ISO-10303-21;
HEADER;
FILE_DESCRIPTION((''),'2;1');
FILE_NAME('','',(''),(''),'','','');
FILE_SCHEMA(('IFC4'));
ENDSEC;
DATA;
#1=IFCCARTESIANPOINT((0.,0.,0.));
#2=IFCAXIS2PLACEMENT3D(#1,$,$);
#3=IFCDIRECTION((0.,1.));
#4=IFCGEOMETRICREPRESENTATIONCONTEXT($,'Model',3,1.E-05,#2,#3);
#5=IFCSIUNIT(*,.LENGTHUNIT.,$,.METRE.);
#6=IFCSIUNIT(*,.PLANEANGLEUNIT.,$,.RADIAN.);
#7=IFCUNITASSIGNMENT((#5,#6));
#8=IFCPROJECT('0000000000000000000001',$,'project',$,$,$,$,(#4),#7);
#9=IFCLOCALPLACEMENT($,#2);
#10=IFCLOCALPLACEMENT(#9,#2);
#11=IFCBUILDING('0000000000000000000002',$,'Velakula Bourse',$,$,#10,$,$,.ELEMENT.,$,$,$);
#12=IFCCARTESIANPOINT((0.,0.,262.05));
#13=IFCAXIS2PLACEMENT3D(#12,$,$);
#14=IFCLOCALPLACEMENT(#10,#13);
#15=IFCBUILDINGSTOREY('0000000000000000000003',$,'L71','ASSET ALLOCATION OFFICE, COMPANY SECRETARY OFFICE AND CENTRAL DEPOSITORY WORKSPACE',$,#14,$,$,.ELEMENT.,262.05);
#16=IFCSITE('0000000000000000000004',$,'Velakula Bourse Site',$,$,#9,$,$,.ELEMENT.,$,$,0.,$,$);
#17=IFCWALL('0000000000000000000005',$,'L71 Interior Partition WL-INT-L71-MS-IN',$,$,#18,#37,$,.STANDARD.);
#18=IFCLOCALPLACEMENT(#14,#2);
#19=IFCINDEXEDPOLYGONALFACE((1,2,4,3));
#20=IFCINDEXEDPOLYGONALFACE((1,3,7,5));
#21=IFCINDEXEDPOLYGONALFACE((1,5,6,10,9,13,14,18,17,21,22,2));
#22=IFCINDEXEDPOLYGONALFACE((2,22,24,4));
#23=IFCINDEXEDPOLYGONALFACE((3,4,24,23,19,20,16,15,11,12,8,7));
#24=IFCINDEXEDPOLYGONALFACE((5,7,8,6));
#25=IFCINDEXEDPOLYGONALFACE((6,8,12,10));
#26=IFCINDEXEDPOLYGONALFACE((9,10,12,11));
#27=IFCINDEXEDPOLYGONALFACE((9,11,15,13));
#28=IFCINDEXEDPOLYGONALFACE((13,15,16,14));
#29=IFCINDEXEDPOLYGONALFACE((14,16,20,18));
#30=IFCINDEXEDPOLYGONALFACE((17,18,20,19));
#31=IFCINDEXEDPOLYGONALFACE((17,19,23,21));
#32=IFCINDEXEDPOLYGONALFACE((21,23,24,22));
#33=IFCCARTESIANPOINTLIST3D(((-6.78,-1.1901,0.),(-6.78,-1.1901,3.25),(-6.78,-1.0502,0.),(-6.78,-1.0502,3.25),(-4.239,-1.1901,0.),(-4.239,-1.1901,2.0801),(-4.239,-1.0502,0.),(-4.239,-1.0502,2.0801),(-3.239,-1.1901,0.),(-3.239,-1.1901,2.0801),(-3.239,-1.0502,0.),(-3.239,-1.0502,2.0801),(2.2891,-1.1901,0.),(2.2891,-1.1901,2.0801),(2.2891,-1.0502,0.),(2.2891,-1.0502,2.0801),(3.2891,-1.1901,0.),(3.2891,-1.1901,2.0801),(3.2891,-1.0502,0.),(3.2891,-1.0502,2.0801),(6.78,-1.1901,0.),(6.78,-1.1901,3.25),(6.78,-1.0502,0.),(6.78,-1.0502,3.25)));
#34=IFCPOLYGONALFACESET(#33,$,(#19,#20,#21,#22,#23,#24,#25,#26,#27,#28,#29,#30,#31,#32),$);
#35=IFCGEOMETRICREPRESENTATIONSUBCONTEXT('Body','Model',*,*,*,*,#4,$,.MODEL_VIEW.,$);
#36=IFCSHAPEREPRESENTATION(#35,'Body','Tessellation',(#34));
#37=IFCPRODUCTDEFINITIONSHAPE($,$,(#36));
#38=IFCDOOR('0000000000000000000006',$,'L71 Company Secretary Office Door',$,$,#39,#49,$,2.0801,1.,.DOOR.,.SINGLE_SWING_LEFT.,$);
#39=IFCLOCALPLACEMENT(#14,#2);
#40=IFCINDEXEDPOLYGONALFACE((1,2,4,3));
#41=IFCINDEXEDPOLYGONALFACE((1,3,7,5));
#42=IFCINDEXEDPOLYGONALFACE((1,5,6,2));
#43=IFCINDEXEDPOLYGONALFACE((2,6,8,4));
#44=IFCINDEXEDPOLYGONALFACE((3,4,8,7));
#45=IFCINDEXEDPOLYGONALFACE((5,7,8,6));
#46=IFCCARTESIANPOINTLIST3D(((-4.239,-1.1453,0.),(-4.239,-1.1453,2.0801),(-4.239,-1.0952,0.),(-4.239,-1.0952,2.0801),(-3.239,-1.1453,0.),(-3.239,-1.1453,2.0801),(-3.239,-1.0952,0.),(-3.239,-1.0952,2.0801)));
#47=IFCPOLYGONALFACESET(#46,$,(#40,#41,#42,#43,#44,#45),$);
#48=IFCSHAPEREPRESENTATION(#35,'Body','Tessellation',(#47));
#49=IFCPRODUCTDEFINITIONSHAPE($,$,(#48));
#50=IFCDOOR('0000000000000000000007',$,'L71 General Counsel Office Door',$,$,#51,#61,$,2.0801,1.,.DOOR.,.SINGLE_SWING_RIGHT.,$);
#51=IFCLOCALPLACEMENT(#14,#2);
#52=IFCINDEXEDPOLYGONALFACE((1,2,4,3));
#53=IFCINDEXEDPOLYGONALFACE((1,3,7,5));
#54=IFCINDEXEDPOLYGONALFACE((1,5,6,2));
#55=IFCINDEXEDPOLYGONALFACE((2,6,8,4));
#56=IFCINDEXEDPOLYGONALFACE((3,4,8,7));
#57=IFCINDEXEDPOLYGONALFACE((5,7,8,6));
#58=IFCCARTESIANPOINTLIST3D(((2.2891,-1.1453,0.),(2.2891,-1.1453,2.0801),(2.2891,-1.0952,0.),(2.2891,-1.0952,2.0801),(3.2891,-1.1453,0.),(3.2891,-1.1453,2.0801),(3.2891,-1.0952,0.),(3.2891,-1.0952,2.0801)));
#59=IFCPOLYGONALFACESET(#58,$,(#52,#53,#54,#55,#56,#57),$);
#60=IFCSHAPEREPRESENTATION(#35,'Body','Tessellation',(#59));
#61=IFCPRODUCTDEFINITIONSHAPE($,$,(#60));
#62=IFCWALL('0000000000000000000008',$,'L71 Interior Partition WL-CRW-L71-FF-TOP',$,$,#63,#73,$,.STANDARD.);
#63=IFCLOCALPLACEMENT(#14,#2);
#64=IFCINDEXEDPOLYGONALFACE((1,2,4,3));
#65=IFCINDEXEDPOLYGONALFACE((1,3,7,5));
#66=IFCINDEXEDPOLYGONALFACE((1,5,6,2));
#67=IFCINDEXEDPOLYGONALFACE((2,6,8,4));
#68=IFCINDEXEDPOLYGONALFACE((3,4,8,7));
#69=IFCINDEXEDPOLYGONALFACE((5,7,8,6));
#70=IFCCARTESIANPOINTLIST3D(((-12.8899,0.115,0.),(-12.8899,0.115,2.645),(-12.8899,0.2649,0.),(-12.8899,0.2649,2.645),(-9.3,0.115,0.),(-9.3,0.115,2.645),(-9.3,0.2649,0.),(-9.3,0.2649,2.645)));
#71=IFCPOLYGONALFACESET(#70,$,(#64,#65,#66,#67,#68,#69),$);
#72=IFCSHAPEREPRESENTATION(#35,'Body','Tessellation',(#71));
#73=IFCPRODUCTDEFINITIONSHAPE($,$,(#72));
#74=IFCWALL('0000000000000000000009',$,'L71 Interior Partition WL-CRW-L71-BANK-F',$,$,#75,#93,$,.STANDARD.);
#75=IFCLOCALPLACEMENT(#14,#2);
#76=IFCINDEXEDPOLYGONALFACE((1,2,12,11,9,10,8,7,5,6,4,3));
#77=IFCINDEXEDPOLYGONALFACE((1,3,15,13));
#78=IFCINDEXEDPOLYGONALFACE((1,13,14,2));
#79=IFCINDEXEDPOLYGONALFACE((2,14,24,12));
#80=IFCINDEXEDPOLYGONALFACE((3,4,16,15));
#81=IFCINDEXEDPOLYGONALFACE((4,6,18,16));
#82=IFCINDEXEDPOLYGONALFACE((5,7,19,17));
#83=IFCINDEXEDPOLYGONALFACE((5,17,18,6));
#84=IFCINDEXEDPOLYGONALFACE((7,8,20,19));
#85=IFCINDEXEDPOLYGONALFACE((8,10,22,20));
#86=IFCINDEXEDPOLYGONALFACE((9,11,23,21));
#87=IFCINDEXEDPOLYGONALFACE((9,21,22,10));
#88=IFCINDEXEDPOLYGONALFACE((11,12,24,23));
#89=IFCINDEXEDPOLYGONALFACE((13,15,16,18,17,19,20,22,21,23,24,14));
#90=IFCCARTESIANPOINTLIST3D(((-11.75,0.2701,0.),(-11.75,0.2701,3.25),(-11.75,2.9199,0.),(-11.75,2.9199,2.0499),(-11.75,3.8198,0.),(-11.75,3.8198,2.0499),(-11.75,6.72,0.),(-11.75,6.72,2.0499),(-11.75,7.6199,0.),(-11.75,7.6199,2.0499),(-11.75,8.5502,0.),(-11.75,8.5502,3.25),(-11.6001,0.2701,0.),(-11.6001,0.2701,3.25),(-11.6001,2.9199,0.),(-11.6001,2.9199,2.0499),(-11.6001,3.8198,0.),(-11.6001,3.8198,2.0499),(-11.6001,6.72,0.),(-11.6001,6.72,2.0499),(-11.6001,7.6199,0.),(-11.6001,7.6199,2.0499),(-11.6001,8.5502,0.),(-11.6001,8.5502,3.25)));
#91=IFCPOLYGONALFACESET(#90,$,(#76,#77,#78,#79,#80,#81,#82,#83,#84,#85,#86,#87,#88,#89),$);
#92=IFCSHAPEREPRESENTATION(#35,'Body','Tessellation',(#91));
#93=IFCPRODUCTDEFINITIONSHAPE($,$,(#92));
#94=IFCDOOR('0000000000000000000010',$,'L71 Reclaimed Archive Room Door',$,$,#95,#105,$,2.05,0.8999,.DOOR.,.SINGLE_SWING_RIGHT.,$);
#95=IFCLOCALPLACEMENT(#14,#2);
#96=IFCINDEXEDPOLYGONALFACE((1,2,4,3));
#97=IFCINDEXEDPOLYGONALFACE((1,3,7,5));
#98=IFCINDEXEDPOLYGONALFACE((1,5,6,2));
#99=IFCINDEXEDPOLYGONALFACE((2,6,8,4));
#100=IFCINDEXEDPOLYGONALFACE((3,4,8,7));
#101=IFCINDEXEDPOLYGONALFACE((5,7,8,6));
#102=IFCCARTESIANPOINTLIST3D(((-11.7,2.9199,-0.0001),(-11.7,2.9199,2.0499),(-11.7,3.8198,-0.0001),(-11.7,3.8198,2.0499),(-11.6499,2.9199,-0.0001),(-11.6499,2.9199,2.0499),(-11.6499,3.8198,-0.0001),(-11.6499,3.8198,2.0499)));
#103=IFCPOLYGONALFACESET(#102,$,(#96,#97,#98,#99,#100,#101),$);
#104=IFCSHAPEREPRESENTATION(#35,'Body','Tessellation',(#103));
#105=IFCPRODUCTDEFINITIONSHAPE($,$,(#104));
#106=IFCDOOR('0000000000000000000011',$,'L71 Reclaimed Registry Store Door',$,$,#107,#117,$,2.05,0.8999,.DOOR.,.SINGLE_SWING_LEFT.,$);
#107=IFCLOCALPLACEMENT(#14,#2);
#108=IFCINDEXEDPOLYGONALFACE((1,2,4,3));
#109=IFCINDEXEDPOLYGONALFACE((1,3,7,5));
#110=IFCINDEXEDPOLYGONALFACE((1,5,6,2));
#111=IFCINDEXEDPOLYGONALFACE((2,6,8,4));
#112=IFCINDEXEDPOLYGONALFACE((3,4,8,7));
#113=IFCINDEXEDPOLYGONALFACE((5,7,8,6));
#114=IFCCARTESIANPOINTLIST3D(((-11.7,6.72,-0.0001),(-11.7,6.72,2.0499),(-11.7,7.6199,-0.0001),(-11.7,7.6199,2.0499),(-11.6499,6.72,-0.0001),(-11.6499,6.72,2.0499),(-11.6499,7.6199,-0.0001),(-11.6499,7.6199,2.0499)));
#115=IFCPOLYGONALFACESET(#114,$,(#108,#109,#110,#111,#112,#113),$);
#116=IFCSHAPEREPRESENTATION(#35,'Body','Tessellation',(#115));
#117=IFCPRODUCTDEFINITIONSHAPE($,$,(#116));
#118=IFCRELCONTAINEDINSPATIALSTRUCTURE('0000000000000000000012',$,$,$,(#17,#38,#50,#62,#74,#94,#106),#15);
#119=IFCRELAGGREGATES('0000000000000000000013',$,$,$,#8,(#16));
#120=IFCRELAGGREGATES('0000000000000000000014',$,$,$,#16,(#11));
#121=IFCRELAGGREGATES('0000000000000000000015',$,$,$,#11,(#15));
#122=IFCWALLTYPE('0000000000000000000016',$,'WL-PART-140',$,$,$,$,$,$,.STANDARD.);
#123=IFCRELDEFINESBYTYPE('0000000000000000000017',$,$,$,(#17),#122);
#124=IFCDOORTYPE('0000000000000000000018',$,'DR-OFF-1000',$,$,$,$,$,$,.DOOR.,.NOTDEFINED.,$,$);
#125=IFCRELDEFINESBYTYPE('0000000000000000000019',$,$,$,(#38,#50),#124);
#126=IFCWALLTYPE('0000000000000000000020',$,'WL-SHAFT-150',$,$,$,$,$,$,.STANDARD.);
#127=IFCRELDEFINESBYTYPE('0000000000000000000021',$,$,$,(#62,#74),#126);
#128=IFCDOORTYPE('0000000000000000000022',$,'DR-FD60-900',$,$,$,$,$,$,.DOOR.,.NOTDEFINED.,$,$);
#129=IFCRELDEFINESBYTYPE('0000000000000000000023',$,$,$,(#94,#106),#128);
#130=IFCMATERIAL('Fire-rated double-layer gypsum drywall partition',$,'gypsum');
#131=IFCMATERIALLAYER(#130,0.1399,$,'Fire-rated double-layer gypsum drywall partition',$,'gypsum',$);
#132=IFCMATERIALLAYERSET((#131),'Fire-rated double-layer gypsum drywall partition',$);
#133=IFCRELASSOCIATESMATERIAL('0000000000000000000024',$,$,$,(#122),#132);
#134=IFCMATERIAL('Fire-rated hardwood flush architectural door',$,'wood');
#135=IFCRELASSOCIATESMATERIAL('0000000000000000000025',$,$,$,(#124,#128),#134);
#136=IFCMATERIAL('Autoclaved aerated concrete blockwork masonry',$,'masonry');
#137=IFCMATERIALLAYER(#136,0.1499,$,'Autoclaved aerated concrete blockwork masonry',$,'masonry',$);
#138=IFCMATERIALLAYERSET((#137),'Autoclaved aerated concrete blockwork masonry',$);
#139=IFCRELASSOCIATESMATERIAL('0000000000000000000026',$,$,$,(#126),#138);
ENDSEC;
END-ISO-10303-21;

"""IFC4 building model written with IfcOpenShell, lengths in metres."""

from ifc_helpers import new_model, si_unit, direction, frame, frame_2d, origin, place, context, subcontext, project, spatial, rectangle, extrude, material, layer, layer_set, type_object, element, fill, save


model = new_model("IFC4")

# Units and contexts
model_context = context("Model", 3, precision=1e-05, world=origin(), true_north=direction((0.0, 1.0)))
body_context = subcontext(model_context, "Body", "Model", "MODEL_VIEW")
ifc_project = project(units=[si_unit("LENGTHUNIT", "METRE"), si_unit("PLANEANGLEUNIT", "RADIAN")], contexts=[model_context])

# Site, building, storey
site_placement = place(None, origin())
site = spatial("IfcSite", under=ifc_project, at=site_placement, Name="Velakula Bourse Site", CompositionType="ELEMENT", RefElevation=0.0)
building_placement = place(site_placement, origin())
building = spatial("IfcBuilding", under=site, at=building_placement, Name="Velakula Bourse", CompositionType="ELEMENT")
storey_placement = place(building_placement, frame((0.0, 0.0, 262.05)))
storey = spatial("IfcBuildingStorey", under=building, at=storey_placement, Name="L71", Description="ASSET ALLOCATION OFFICE, COMPANY SECRETARY OFFICE AND CENTRAL DEPOSITORY WORKSPACE", CompositionType="ELEMENT", Elevation=262.05)

# Shared definitions
ifc_material_1 = material(Name="Fire-rated double-layer gypsum drywall partition", Category="gypsum")
ifc_material_2 = material(Name="Fire-rated hardwood flush architectural door", Category="wood")

# Shared definitions
ifc_layer_1 = layer(ifc_material_1, 0.1399, Name="Fire-rated double-layer gypsum drywall partition", Category="gypsum")
ifc_layer_set_1 = layer_set([ifc_layer_1], Name="Fire-rated double-layer gypsum drywall partition")
wall_type_1 = type_object("IfcWallType", Name="WL-PART-140", PredefinedType="STANDARD", material=ifc_layer_set_1)
door_type_1 = type_object("IfcDoorType", Name="DR-OFF-1000", OperationType="NOTDEFINED", PredefinedType="DOOR", material=ifc_material_2)

# Wall, openings, doors
wall_1_placement = place(storey_placement, frame((-6.78, -1.1201, 0.0), z_axis=(0.0, 0.0, 1.0), x_axis=(1.0, 0.0, 0.0)))
wall_1 = element("IfcWall", 1, at=wall_1_placement, inside=storey, type_object=wall_type_1, Name="L71 Interior Partition WL-INT-L71-MS-IN", PredefinedType="STANDARD", context=body_context, shape_type="SweptSolid", body=[
    extrude(rectangle(XDim=13.5601, YDim=0.1399, at=frame_2d((6.78, 0.0))), origin(), (0.0, 0.0, 1.0), 3.25),
])
opening_1_placement = place(wall_1_placement, frame((2.541, 0.0, 0.0)))
opening_1 = element("IfcOpeningElement", 2, at=opening_1_placement, cuts=wall_1, PredefinedType="OPENING", context=body_context, shape_type="SweptSolid", body=[
    extrude(rectangle(XDim=1.0, YDim=2.0801, at=frame_2d((0.5, 1.04))), frame((0.0, 0.0798, 0.0), z_axis=(0.0, -1.0, 0.0), x_axis=(1.0, 0.0, 0.0)), (0.0, 0.0, 1.0), 0.1599),
])
opening_2_placement = place(wall_1_placement, frame((9.0691, 0.0, 0.0)))
opening_2 = element("IfcOpeningElement", 3, at=opening_2_placement, cuts=wall_1, PredefinedType="OPENING", context=body_context, shape_type="SweptSolid", body=[
    extrude(rectangle(XDim=1.0, YDim=2.0801, at=frame_2d((0.5, 1.04))), frame((0.0, 0.0798, 0.0), z_axis=(0.0, -1.0, 0.0), x_axis=(1.0, 0.0, 0.0)), (0.0, 0.0, 1.0), 0.1599),
])
door_1_placement = place(opening_1_placement, origin())
door_1 = element("IfcDoor", 4, at=door_1_placement, inside=storey, type_object=door_type_1, Name="L71 Company Secretary Office Door", OperationType="SINGLE_SWING_LEFT", OverallHeight=2.0801, OverallWidth=1.0, PredefinedType="DOOR", context=body_context, shape_type="SweptSolid", body=[
    extrude(rectangle(XDim=1.0, YDim=2.0801, at=frame_2d((0.5, 1.04))), frame((0.0, 0.0249, 0.0), z_axis=(0.0, -1.0, 0.0), x_axis=(1.0, 0.0, 0.0)), (0.0, 0.0, 1.0), 0.05),
])
fill(opening_1, door_1)
door_2_placement = place(opening_2_placement, origin())
door_2 = element("IfcDoor", 5, at=door_2_placement, inside=storey, type_object=door_type_1, Name="L71 General Counsel Office Door", OperationType="SINGLE_SWING_RIGHT", OverallHeight=2.0801, OverallWidth=1.0, PredefinedType="DOOR", context=body_context, shape_type="SweptSolid", body=[
    extrude(rectangle(XDim=1.0, YDim=2.0801, at=frame_2d((0.5, 1.04))), frame((0.0, 0.0249, 0.0), z_axis=(0.0, -1.0, 0.0), x_axis=(1.0, 0.0, 0.0)), (0.0, 0.0, 1.0), 0.05),
])
fill(opening_2, door_2)

# Wall
ifc_material_3 = material(Name="Autoclaved aerated concrete blockwork masonry", Category="masonry")
ifc_layer_2 = layer(ifc_material_3, 0.1499, Name="Autoclaved aerated concrete blockwork masonry", Category="masonry")
ifc_layer_set_2 = layer_set([ifc_layer_2], Name="Autoclaved aerated concrete blockwork masonry")
wall_type_2 = type_object("IfcWallType", Name="WL-SHAFT-150", PredefinedType="STANDARD", material=ifc_layer_set_2)
wall_2_placement = place(storey_placement, frame((-12.8899, 0.1899, 0.0), z_axis=(0.0, 0.0, 1.0), x_axis=(1.0, 0.0, 0.0)))
element("IfcWall", 6, at=wall_2_placement, inside=storey, type_object=wall_type_2, Name="L71 Interior Partition WL-CRW-L71-FF-TOP", PredefinedType="STANDARD", context=body_context, shape_type="SweptSolid", body=[
    extrude(rectangle(XDim=3.5898, YDim=0.1499, at=frame_2d((1.7949, 0.0))), origin(), (0.0, 0.0, 1.0), 2.645),
])

# Wall, openings, doors
wall_3_placement = place(storey_placement, frame((-11.675, 0.27, 0.0), z_axis=(0.0, 0.0, 1.0), x_axis=(0.0, 1.0, 0.0)))
wall_3 = element("IfcWall", 7, at=wall_3_placement, inside=storey, type_object=wall_type_2, Name="L71 Interior Partition WL-CRW-L71-BANK-F", PredefinedType="STANDARD", context=body_context, shape_type="SweptSolid", body=[
    extrude(rectangle(XDim=8.28, YDim=0.1499, at=frame_2d((4.1401, 0.0))), origin(), (0.0, 0.0, 1.0), 3.25),
])
opening_3_placement = place(wall_3_placement, frame((2.6499, 0.0, 0.0)))
opening_3 = element("IfcOpeningElement", 8, at=opening_3_placement, cuts=wall_3, PredefinedType="OPENING", context=body_context, shape_type="SweptSolid", body=[
    extrude(rectangle(XDim=0.8999, YDim=2.05, at=frame_2d((0.45, 1.0249))), frame((0.0, 0.085, 0.0), z_axis=(0.0, -1.0, 0.0), x_axis=(1.0, 0.0, 0.0)), (0.0, 0.0, 1.0), 0.1699),
])
opening_4_placement = place(wall_3_placement, frame((6.45, 0.0, 0.0)))
opening_4 = element("IfcOpeningElement", 9, at=opening_4_placement, cuts=wall_3, PredefinedType="OPENING", context=body_context, shape_type="SweptSolid", body=[
    extrude(rectangle(XDim=0.8999, YDim=2.05, at=frame_2d((0.45, 1.0249))), frame((0.0, 0.085, 0.0), z_axis=(0.0, -1.0, 0.0), x_axis=(1.0, 0.0, 0.0)), (0.0, 0.0, 1.0), 0.1699),
])
door_type_2 = type_object("IfcDoorType", Name="DR-FD60-900", OperationType="NOTDEFINED", PredefinedType="DOOR", material=ifc_material_2)
door_3_placement = place(opening_3_placement, origin())
door_3 = element("IfcDoor", 10, at=door_3_placement, inside=storey, type_object=door_type_2, Name="L71 Reclaimed Archive Room Door", OperationType="SINGLE_SWING_RIGHT", OverallHeight=2.05, OverallWidth=0.8999, PredefinedType="DOOR", context=body_context, shape_type="SweptSolid", body=[
    extrude(rectangle(XDim=0.8999, YDim=2.05, at=frame_2d((0.45, 1.0249))), frame((0.0, 0.0249, 0.0), z_axis=(0.0, -1.0, 0.0), x_axis=(1.0, 0.0, 0.0)), (0.0, 0.0, 1.0), 0.05),
])
fill(opening_3, door_3)
door_4_placement = place(opening_4_placement, origin())
door_4 = element("IfcDoor", 11, at=door_4_placement, inside=storey, type_object=door_type_2, Name="L71 Reclaimed Registry Store Door", OperationType="SINGLE_SWING_LEFT", OverallHeight=2.05, OverallWidth=0.8999, PredefinedType="DOOR", context=body_context, shape_type="SweptSolid", body=[
    extrude(rectangle(XDim=0.8999, YDim=2.05, at=frame_2d((0.45, 1.0249))), frame((0.0, 0.0249, 0.0), z_axis=(0.0, -1.0, 0.0), x_axis=(1.0, 0.0, 0.0)), (0.0, 0.0, 1.0), 0.05),
])
fill(opening_4, door_4)

save(model, "model.ifc")
